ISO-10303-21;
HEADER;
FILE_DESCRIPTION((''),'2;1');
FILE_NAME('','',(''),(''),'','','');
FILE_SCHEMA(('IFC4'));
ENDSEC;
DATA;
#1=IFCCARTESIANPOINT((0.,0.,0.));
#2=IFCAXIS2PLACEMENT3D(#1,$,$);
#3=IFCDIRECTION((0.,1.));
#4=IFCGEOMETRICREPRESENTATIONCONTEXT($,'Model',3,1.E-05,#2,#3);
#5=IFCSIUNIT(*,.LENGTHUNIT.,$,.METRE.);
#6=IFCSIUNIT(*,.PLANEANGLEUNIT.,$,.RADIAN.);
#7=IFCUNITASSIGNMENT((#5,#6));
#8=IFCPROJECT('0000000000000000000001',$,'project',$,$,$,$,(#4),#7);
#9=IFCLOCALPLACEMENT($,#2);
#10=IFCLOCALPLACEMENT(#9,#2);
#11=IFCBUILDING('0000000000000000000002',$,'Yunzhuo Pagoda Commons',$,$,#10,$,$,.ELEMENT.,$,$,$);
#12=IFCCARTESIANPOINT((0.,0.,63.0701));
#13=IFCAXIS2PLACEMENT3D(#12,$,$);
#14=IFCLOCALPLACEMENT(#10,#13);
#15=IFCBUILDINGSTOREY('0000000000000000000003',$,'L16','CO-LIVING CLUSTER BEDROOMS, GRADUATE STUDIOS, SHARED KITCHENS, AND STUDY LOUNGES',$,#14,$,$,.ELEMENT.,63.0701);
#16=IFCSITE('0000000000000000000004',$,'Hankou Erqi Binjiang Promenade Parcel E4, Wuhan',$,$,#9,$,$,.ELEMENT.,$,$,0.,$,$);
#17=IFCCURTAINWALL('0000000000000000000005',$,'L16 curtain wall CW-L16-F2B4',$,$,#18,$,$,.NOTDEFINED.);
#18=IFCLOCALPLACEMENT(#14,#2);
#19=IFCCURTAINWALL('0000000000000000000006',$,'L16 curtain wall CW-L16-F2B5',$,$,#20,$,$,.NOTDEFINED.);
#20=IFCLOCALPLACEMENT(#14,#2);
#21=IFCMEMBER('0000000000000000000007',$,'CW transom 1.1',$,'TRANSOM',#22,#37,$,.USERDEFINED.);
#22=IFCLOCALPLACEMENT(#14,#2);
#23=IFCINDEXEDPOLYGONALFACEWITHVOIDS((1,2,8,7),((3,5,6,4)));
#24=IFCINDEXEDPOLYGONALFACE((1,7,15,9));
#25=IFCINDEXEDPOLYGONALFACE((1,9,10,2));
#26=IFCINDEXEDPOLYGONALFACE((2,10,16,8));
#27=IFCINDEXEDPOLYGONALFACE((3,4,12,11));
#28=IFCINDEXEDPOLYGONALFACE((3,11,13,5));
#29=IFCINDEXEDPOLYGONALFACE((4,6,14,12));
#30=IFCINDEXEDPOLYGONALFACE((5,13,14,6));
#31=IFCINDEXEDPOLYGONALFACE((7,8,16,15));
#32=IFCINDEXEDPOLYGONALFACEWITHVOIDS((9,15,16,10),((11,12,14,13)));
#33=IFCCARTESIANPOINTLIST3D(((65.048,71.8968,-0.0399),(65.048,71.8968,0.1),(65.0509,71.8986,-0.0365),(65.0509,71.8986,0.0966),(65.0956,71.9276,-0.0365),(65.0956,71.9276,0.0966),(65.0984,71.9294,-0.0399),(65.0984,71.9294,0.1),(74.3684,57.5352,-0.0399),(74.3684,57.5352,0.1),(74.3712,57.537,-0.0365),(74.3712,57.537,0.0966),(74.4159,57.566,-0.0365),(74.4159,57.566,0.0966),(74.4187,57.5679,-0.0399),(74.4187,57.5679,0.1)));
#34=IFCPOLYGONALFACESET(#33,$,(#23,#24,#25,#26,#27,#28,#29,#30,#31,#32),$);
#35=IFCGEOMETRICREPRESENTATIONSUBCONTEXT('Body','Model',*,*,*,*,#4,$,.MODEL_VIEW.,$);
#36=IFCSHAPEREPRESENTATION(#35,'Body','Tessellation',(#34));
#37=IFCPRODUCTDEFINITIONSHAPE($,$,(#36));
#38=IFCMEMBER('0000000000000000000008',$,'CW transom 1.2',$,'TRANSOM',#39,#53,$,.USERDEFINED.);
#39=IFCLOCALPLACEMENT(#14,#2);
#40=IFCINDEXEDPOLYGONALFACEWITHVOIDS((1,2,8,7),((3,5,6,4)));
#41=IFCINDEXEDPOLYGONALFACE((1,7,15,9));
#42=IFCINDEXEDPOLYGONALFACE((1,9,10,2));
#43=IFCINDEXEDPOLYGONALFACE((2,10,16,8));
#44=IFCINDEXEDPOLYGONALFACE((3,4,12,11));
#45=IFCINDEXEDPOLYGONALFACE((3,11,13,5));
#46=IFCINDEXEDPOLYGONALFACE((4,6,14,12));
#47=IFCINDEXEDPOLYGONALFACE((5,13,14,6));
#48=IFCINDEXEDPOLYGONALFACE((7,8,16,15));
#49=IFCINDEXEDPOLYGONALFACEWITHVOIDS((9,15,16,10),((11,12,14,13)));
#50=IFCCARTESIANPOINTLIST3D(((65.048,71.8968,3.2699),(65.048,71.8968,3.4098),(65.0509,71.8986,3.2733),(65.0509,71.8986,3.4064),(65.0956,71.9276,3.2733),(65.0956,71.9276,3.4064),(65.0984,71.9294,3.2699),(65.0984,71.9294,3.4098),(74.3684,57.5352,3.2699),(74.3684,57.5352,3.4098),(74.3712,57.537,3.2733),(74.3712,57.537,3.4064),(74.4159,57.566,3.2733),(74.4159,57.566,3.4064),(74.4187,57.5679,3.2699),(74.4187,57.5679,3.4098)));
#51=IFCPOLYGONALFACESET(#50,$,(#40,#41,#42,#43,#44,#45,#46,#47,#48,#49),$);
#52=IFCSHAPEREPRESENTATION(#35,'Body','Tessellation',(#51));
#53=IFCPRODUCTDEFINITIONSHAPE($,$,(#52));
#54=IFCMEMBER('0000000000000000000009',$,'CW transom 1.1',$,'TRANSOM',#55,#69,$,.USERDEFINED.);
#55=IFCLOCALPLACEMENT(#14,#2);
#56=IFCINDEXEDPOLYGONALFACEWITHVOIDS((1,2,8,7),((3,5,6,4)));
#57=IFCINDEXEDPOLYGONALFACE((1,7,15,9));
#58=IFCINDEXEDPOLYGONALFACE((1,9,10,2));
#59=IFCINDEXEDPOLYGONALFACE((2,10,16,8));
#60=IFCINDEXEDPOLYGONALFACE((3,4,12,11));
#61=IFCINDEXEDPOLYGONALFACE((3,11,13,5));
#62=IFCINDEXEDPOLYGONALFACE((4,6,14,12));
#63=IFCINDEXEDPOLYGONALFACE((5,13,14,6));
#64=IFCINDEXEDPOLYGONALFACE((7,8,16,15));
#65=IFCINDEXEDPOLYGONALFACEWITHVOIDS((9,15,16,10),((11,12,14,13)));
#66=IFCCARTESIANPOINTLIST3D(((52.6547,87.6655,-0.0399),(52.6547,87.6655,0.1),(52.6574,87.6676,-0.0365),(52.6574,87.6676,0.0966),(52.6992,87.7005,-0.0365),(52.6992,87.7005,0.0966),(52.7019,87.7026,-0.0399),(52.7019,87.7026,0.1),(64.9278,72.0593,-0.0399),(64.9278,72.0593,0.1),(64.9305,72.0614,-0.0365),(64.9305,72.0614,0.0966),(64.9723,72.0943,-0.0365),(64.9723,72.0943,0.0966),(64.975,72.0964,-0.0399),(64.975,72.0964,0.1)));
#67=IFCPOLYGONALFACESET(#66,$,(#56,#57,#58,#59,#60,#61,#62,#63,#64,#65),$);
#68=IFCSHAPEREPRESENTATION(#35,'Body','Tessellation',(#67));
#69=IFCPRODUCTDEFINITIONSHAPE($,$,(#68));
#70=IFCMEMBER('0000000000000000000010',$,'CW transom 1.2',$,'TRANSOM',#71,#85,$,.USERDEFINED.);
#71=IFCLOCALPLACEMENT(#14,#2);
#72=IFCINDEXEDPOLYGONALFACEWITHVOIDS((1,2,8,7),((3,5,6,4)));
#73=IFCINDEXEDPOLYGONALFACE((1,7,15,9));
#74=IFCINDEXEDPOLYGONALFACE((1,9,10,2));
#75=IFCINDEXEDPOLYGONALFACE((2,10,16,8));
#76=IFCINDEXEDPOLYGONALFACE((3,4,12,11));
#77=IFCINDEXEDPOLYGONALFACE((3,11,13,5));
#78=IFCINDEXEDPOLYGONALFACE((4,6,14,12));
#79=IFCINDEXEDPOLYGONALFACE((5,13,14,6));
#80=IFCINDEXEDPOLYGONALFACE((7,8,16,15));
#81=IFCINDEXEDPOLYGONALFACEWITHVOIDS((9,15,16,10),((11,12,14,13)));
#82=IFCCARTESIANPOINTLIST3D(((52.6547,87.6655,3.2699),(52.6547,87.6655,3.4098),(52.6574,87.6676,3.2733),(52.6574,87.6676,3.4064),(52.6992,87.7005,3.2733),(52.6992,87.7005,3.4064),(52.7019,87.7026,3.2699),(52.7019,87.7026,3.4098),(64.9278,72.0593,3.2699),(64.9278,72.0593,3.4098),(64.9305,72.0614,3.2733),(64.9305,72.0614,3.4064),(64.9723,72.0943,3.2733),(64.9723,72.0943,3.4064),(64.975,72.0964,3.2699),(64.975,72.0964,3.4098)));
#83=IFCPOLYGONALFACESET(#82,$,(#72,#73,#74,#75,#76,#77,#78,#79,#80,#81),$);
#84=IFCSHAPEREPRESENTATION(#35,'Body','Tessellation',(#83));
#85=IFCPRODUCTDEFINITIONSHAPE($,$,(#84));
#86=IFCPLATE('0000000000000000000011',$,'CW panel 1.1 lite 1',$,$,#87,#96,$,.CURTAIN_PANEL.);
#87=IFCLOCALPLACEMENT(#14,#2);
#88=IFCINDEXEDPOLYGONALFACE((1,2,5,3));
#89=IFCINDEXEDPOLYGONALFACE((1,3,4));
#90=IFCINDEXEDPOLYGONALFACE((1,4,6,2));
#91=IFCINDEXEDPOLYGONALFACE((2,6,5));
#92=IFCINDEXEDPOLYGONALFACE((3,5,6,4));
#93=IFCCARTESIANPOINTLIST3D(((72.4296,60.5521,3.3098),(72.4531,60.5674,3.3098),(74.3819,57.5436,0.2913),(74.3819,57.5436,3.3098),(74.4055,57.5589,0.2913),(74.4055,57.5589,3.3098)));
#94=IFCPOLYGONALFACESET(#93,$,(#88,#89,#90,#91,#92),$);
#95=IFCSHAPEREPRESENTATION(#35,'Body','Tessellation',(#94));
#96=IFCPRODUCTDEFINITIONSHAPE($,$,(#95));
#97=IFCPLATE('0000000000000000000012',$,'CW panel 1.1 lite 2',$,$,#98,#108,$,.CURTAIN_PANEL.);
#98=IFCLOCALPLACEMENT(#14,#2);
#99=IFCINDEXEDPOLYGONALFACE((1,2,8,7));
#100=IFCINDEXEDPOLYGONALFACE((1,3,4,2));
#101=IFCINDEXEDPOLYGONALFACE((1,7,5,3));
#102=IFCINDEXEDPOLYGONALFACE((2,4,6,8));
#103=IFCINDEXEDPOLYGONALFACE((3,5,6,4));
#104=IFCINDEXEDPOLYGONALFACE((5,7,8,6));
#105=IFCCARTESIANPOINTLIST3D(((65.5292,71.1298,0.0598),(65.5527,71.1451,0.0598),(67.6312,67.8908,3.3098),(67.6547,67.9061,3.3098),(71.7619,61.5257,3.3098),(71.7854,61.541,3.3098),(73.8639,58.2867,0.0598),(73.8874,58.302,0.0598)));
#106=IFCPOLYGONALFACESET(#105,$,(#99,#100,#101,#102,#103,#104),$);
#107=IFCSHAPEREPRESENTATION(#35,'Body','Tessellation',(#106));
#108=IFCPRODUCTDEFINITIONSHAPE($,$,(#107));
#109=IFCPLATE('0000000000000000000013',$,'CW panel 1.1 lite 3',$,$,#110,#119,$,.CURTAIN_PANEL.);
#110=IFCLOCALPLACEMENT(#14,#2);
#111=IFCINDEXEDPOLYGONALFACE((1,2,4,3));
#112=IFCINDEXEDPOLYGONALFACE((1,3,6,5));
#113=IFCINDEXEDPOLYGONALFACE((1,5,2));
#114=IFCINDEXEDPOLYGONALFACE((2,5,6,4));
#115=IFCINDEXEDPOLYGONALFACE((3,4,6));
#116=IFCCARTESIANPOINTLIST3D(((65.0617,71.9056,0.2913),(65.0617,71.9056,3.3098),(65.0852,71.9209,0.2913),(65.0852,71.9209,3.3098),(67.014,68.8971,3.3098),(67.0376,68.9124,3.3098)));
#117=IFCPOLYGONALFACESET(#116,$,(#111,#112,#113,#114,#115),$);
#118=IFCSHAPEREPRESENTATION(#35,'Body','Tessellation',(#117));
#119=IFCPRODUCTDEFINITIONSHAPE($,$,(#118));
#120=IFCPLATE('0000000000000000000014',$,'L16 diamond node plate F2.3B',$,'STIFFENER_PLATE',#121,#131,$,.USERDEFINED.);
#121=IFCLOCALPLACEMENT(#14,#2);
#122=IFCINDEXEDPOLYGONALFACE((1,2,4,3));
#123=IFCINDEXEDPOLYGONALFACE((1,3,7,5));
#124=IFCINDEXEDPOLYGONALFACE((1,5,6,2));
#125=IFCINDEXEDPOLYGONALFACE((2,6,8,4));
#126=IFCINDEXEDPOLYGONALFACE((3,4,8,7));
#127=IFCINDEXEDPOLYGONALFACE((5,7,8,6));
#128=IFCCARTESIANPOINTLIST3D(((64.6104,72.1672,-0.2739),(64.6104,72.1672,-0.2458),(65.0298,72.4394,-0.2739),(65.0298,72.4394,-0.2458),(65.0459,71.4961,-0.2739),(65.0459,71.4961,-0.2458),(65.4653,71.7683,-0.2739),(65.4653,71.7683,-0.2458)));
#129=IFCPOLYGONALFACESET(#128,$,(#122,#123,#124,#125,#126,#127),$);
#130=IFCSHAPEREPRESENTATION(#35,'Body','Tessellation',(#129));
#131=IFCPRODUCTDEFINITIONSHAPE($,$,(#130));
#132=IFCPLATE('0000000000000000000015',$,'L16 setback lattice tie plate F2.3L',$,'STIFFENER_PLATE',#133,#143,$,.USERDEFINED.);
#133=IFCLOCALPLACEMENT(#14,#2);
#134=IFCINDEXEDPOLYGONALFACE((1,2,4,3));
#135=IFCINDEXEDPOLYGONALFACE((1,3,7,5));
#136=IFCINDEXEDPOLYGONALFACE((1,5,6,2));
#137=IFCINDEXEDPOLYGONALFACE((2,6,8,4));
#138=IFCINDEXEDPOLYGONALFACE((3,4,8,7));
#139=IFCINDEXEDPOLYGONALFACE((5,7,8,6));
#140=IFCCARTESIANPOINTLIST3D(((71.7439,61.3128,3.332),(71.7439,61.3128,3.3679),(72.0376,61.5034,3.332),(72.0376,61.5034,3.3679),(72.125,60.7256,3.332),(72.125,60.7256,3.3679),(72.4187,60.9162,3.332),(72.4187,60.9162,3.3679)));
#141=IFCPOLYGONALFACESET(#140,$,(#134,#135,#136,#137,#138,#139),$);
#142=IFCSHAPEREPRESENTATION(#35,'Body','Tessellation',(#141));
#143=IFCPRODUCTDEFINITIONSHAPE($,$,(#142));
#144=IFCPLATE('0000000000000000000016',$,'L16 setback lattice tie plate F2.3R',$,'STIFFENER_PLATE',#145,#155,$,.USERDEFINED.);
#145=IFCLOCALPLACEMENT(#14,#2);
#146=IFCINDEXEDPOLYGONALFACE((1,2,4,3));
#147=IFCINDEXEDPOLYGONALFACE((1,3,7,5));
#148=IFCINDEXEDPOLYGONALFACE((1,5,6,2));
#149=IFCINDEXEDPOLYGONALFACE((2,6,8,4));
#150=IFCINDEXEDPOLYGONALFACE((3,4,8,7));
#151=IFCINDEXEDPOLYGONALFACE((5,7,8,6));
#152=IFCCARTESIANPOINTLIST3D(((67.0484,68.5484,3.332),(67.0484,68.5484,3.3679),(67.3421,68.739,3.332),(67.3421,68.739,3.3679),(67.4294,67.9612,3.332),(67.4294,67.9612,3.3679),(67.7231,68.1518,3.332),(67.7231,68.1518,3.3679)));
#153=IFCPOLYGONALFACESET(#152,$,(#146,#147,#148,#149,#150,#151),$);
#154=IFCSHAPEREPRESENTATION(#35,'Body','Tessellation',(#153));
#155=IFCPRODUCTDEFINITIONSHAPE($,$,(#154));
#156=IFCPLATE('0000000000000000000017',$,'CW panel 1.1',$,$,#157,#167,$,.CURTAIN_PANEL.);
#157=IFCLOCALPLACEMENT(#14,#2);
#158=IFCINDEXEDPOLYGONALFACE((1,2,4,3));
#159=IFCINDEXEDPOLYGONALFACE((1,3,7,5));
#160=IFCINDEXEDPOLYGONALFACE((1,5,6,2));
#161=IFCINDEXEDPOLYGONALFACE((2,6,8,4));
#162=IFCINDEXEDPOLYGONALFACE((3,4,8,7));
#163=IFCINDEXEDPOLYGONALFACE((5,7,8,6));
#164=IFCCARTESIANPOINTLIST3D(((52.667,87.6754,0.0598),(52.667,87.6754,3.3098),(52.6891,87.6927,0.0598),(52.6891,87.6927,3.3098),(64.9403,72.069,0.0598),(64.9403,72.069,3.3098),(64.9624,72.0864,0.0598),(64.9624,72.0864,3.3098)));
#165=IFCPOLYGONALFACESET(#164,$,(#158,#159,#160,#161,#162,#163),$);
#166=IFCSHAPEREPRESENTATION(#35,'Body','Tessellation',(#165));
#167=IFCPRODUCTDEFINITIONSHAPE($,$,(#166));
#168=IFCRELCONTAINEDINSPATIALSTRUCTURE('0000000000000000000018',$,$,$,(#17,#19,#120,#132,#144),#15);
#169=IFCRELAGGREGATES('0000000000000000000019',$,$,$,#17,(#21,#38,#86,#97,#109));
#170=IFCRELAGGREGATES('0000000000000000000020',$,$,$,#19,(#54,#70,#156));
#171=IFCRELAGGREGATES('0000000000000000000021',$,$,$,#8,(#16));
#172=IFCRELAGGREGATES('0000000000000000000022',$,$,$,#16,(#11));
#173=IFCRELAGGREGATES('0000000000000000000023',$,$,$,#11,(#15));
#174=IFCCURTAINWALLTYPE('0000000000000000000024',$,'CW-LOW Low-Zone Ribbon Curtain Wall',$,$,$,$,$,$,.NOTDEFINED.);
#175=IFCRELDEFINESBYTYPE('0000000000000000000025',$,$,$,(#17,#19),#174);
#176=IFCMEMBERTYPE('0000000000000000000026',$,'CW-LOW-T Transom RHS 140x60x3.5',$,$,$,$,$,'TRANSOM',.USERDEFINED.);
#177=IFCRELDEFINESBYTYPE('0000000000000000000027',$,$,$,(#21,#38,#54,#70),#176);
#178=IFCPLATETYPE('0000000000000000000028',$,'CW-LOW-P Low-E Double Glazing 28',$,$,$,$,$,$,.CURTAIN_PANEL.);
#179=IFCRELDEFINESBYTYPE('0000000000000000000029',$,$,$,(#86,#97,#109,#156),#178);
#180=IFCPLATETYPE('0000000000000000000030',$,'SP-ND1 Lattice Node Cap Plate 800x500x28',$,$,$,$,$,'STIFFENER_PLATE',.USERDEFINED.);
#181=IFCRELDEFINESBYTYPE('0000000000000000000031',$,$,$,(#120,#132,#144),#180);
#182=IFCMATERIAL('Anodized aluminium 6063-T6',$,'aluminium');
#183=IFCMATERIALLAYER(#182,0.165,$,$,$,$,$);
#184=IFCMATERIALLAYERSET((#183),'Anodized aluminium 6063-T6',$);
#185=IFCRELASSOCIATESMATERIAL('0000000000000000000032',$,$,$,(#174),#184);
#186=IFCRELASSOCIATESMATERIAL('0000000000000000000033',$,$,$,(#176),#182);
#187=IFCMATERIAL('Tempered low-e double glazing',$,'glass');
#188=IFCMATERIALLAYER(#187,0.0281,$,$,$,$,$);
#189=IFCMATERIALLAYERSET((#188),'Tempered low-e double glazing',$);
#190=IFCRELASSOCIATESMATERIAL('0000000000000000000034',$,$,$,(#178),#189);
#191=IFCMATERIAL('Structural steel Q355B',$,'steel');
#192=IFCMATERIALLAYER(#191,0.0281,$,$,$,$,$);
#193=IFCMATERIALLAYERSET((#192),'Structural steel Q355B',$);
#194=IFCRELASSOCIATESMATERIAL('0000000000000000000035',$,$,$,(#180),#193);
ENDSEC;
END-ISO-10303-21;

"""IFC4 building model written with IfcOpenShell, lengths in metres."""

from ifc_helpers import new_model, si_unit, direction, frame, origin, origin_2d, place, context, subcontext, project, spatial, polyline, rectangle, hollow_rectangle, outline, extrude, source, transform, mapped, material, layer, layer_set, material_profile, profile_set, type_object, element, aggregate, save


model = new_model("IFC4")

# Units and contexts
model_context = context("Model", 3, precision=1e-05, world=origin(), true_north=direction((0.0, 1.0)))
body_context = subcontext(model_context, "Body", "Model", "MODEL_VIEW")
ifc_project = project(units=[si_unit("LENGTHUNIT", "METRE"), si_unit("PLANEANGLEUNIT", "RADIAN")], contexts=[model_context])

# Site, building, storey
site_placement = place(None, origin())
site = spatial("IfcSite", under=ifc_project, at=site_placement, Name="Hankou Erqi Binjiang Promenade Parcel E4, Wuhan", CompositionType="ELEMENT", RefElevation=0.0)
building_placement = place(site_placement, origin())
building = spatial("IfcBuilding", under=site, at=building_placement, Name="Yunzhuo Pagoda Commons", CompositionType="ELEMENT")
storey_placement = place(building_placement, frame((0.0, 0.0, 63.0701)))
storey = spatial("IfcBuildingStorey", under=building, at=storey_placement, Name="L16", Description="CO-LIVING CLUSTER BEDROOMS, GRADUATE STUDIOS, SHARED KITCHENS, AND STUDY LOUNGES", CompositionType="ELEMENT", Elevation=63.0701)

# Shared definitions
ifc_material_1 = material(Name="Structural steel Q355B", Category="steel")

# Curtain wall
ifc_material_2 = material(Name="Anodized aluminium 6063-T6", Category="aluminium")
ifc_layer_1 = layer(ifc_material_2, 0.165)
ifc_layer_set_1 = layer_set([ifc_layer_1], Name="Anodized aluminium 6063-T6")
curtain_wall_type = type_object("IfcCurtainWallType", Name="CW-LOW Low-Zone Ribbon Curtain Wall", PredefinedType="NOTDEFINED", material=ifc_layer_set_1)
curtain_wall_1_placement = place(storey_placement, origin())
curtain_wall_1 = element("IfcCurtainWall", 1, at=curtain_wall_1_placement, inside=storey, type_object=curtain_wall_type, Name="L16 curtain wall CW-L16-F2B4", PredefinedType="NOTDEFINED")

# Curtain wall
curtain_wall_2_placement = place(storey_placement, origin())
curtain_wall_2 = element("IfcCurtainWall", 2, at=curtain_wall_2_placement, inside=storey, type_object=curtain_wall_type, Name="L16 curtain wall CW-L16-F2B5", PredefinedType="NOTDEFINED")

# Members
ifc_material_profile_1 = material_profile(ifc_material_2, hollow_rectangle(XDim=0.0601, YDim=0.1399, WallThickness=0.0034, at=origin_2d()), Name="Anodized aluminium 6063-T6")
ifc_profile_set_1 = profile_set([ifc_material_profile_1], Name="Anodized aluminium 6063-T6")
member_type_1 = type_object("IfcMemberType", Name="CW-LOW-T Transom RHS 140x60x3.5", ElementType="TRANSOM", PredefinedType="USERDEFINED", material=ifc_profile_set_1)
shared_shape_1 = source(origin(), body_context, "Body", "SweptSolid", [
    extrude(hollow_rectangle(XDim=0.0601, YDim=0.1399, WallThickness=0.0034, at=origin_2d()), origin(), (0.0, 0.0, 1.0), 17.1208),
])
member_1_placement = place(storey_placement, frame((74.3936, 57.5515, 0.03), z_axis=(-0.544384, 0.838836, 0.0), x_axis=(-0.838836, -0.544384, 0.0)))
member_1 = element("IfcMember", 3, at=member_1_placement, type_object=member_type_1, Name="CW transom 1.1", ObjectType="TRANSOM", PredefinedType="USERDEFINED", context=body_context, shape_type="MappedRepresentation", body=[
    mapped(shared_shape_1, transform((0.0, 0.0, 0.0), scale=1.0)),
])
member_2_placement = place(storey_placement, frame((74.3936, 57.5515, 3.3398), z_axis=(-0.544384, 0.838836, 0.0), x_axis=(-0.838836, -0.544384, 0.0)))
member_2 = element("IfcMember", 4, at=member_2_placement, type_object=member_type_1, Name="CW transom 1.2", ObjectType="TRANSOM", PredefinedType="USERDEFINED", context=body_context, shape_type="MappedRepresentation", body=[
    mapped(shared_shape_1, transform((0.0, 0.0, 0.0), scale=1.0)),
])
shared_shape_2 = source(origin(), body_context, "Body", "SweptSolid", [
    extrude(hollow_rectangle(XDim=0.0601, YDim=0.1399, WallThickness=0.0034, at=origin_2d()), origin(), (0.0, 0.0, 1.0), 19.854),
])
member_3_placement = place(storey_placement, frame((64.9514, 72.0779, 0.03), z_axis=(-0.61817, 0.786045, 0.0), x_axis=(-0.786045, -0.61817, 0.0)))
member_3 = element("IfcMember", 5, at=member_3_placement, type_object=member_type_1, Name="CW transom 1.1", ObjectType="TRANSOM", PredefinedType="USERDEFINED", context=body_context, shape_type="MappedRepresentation", body=[
    mapped(shared_shape_2, transform((0.0, 0.0, 0.0), scale=1.0)),
])
member_4_placement = place(storey_placement, frame((64.9514, 72.0779, 3.3398), z_axis=(-0.61817, 0.786045, 0.0), x_axis=(-0.786045, -0.61817, 0.0)))
member_4 = element("IfcMember", 6, at=member_4_placement, type_object=member_type_1, Name="CW transom 1.2", ObjectType="TRANSOM", PredefinedType="USERDEFINED", context=body_context, shape_type="MappedRepresentation", body=[
    mapped(shared_shape_2, transform((0.0, 0.0, 0.0), scale=1.0)),
])

# Plates
ifc_material_3 = material(Name="Tempered low-e double glazing", Category="glass")
ifc_layer_2 = layer(ifc_material_3, 0.0281)
ifc_layer_set_2 = layer_set([ifc_layer_2], Name="Tempered low-e double glazing")
plate_type_1 = type_object("IfcPlateType", Name="CW-LOW-P Low-E Double Glazing 28", PredefinedType="CURTAIN_PANEL", material=ifc_layer_set_2)
plate_1_placement = place(storey_placement, frame((73.4058, 59.0479, 1.8005), z_axis=(0.83884, 0.544378, 0.0), x_axis=(-0.544378, 0.83884, 0.0)))
plate_1 = element("IfcPlate", 7, at=plate_1_placement, type_object=plate_type_1, Name="CW panel 1.1 lite 1", PredefinedType="CURTAIN_PANEL", context=body_context, shape_type="SweptSolid", body=[
    extrude(outline(polyline([(-1.7932, -1.5093), (1.7932, 1.5093), (-1.7932, 1.5093), (-1.7932, -1.5093)])), origin(), (0.0, 0.0, 1.0), 0.0281),
])
plate_2_placement = place(storey_placement, frame((69.6965, 64.7083, 1.6848), z_axis=(0.83884, 0.544378, 0.0), x_axis=(-0.544378, 0.83884, 0.0)))
plate_2 = element("IfcPlate", 8, at=plate_2_placement, type_object=plate_type_1, Name="CW panel 1.1 lite 2", PredefinedType="CURTAIN_PANEL", context=body_context, shape_type="SweptSolid", body=[
    extrude(outline(polyline([(-7.6553, -1.625), (7.6553, -1.625), (3.7939, 1.625), (-3.7939, 1.625), (-7.6553, -1.625)])), origin(), (0.0, 0.0, 1.0), 0.0281),
])
plate_3_placement = place(storey_placement, frame((66.0378, 70.4014, 1.8005), z_axis=(0.83884, 0.544378, 0.0), x_axis=(-0.544378, 0.83884, 0.0)))
plate_3 = element("IfcPlate", 9, at=plate_3_placement, type_object=plate_type_1, Name="CW panel 1.1 lite 3", PredefinedType="CURTAIN_PANEL", context=body_context, shape_type="SweptSolid", body=[
    extrude(outline(polyline([(-1.7932, 1.5093), (1.7932, -1.5093), (1.7932, 1.5093), (-1.7932, 1.5093)])), origin(), (0.0, 0.0, 1.0), 0.0281),
])
aggregate(curtain_wall_1, [member_1, member_2, plate_1, plate_2, plate_3])

# Plates
ifc_layer_3 = layer(ifc_material_1, 0.0281)
ifc_layer_set_3 = layer_set([ifc_layer_3], Name="Structural steel Q355B")
plate_type_2 = type_object("IfcPlateType", Name="SP-ND1 Lattice Node Cap Plate 800x500x28", ElementType="STIFFENER_PLATE", PredefinedType="USERDEFINED", material=ifc_layer_set_3)
shared_shape_3 = source(origin(), body_context, "Body", "SweptSolid", [
    extrude(rectangle(XDim=0.8, YDim=0.5, at=origin_2d()), origin(), (0.0, 0.0, 1.0), 0.0281),
])
plate_4_placement = place(storey_placement, frame((65.0378, 71.9678, -0.2739), z_axis=(0.0, 0.0, 1.0), x_axis=(-0.544376, 0.838842, 0.0)))
element("IfcPlate", 10, at=plate_4_placement, inside=storey, type_object=plate_type_2, Name="L16 diamond node plate F2.3B", ObjectType="STIFFENER_PLATE", PredefinedType="USERDEFINED", context=body_context, shape_type="MappedRepresentation", body=[
    mapped(shared_shape_3, transform((0.0, 0.0, 0.0), scale=1.0)),
])
shared_shape_4 = source(origin(), body_context, "Body", "SweptSolid", [
    extrude(rectangle(XDim=0.7, YDim=0.3501, at=origin_2d()), origin(), (0.0, 0.0, 1.0), 0.0359),
])
for number, where, z_axis, x_axis, name in (
    (11, (72.0813, 61.1145, 3.332), (0.0, 0.0, 1.0), (-0.544376, 0.838842, 0.0), "L16 setback lattice tie plate F2.3L"),
    (12, (67.3857, 68.3501, 3.332), (0.0, 0.0, 1.0), (-0.544376, 0.838842, 0.0), "L16 setback lattice tie plate F2.3R"),
):
    element("IfcPlate", number, at=place(storey_placement, frame(where, z_axis=z_axis, x_axis=x_axis)), inside=storey, type_object=plate_type_2, Name=name, ObjectType="STIFFENER_PLATE", PredefinedType="USERDEFINED", context=body_context, shape_type="MappedRepresentation", body=[
        mapped(shared_shape_4, transform((0.0, 0.0, 0.0), scale=1.0)),
    ])

# Plate
shared_shape_5 = source(origin(), body_context, "Body", "SweptSolid", [
    extrude(rectangle(XDim=19.8542, YDim=0.0281, at=origin_2d()), origin(), (0.0, 0.0, 1.0), 3.25),
])
plate_5_placement = place(storey_placement, frame((58.8147, 79.8809, 0.0598), z_axis=(0.0, 0.0, 1.0), x_axis=(-0.618168, 0.786046, 0.0)))
plate_5 = element("IfcPlate", 13, at=plate_5_placement, type_object=plate_type_1, Name="CW panel 1.1", PredefinedType="CURTAIN_PANEL", context=body_context, shape_type="MappedRepresentation", body=[
    mapped(shared_shape_5, transform((0.0, 0.0, 0.0), scale=1.0)),
])
aggregate(curtain_wall_2, [member_3, member_4, plate_5])

save(model, "model.ifc")
